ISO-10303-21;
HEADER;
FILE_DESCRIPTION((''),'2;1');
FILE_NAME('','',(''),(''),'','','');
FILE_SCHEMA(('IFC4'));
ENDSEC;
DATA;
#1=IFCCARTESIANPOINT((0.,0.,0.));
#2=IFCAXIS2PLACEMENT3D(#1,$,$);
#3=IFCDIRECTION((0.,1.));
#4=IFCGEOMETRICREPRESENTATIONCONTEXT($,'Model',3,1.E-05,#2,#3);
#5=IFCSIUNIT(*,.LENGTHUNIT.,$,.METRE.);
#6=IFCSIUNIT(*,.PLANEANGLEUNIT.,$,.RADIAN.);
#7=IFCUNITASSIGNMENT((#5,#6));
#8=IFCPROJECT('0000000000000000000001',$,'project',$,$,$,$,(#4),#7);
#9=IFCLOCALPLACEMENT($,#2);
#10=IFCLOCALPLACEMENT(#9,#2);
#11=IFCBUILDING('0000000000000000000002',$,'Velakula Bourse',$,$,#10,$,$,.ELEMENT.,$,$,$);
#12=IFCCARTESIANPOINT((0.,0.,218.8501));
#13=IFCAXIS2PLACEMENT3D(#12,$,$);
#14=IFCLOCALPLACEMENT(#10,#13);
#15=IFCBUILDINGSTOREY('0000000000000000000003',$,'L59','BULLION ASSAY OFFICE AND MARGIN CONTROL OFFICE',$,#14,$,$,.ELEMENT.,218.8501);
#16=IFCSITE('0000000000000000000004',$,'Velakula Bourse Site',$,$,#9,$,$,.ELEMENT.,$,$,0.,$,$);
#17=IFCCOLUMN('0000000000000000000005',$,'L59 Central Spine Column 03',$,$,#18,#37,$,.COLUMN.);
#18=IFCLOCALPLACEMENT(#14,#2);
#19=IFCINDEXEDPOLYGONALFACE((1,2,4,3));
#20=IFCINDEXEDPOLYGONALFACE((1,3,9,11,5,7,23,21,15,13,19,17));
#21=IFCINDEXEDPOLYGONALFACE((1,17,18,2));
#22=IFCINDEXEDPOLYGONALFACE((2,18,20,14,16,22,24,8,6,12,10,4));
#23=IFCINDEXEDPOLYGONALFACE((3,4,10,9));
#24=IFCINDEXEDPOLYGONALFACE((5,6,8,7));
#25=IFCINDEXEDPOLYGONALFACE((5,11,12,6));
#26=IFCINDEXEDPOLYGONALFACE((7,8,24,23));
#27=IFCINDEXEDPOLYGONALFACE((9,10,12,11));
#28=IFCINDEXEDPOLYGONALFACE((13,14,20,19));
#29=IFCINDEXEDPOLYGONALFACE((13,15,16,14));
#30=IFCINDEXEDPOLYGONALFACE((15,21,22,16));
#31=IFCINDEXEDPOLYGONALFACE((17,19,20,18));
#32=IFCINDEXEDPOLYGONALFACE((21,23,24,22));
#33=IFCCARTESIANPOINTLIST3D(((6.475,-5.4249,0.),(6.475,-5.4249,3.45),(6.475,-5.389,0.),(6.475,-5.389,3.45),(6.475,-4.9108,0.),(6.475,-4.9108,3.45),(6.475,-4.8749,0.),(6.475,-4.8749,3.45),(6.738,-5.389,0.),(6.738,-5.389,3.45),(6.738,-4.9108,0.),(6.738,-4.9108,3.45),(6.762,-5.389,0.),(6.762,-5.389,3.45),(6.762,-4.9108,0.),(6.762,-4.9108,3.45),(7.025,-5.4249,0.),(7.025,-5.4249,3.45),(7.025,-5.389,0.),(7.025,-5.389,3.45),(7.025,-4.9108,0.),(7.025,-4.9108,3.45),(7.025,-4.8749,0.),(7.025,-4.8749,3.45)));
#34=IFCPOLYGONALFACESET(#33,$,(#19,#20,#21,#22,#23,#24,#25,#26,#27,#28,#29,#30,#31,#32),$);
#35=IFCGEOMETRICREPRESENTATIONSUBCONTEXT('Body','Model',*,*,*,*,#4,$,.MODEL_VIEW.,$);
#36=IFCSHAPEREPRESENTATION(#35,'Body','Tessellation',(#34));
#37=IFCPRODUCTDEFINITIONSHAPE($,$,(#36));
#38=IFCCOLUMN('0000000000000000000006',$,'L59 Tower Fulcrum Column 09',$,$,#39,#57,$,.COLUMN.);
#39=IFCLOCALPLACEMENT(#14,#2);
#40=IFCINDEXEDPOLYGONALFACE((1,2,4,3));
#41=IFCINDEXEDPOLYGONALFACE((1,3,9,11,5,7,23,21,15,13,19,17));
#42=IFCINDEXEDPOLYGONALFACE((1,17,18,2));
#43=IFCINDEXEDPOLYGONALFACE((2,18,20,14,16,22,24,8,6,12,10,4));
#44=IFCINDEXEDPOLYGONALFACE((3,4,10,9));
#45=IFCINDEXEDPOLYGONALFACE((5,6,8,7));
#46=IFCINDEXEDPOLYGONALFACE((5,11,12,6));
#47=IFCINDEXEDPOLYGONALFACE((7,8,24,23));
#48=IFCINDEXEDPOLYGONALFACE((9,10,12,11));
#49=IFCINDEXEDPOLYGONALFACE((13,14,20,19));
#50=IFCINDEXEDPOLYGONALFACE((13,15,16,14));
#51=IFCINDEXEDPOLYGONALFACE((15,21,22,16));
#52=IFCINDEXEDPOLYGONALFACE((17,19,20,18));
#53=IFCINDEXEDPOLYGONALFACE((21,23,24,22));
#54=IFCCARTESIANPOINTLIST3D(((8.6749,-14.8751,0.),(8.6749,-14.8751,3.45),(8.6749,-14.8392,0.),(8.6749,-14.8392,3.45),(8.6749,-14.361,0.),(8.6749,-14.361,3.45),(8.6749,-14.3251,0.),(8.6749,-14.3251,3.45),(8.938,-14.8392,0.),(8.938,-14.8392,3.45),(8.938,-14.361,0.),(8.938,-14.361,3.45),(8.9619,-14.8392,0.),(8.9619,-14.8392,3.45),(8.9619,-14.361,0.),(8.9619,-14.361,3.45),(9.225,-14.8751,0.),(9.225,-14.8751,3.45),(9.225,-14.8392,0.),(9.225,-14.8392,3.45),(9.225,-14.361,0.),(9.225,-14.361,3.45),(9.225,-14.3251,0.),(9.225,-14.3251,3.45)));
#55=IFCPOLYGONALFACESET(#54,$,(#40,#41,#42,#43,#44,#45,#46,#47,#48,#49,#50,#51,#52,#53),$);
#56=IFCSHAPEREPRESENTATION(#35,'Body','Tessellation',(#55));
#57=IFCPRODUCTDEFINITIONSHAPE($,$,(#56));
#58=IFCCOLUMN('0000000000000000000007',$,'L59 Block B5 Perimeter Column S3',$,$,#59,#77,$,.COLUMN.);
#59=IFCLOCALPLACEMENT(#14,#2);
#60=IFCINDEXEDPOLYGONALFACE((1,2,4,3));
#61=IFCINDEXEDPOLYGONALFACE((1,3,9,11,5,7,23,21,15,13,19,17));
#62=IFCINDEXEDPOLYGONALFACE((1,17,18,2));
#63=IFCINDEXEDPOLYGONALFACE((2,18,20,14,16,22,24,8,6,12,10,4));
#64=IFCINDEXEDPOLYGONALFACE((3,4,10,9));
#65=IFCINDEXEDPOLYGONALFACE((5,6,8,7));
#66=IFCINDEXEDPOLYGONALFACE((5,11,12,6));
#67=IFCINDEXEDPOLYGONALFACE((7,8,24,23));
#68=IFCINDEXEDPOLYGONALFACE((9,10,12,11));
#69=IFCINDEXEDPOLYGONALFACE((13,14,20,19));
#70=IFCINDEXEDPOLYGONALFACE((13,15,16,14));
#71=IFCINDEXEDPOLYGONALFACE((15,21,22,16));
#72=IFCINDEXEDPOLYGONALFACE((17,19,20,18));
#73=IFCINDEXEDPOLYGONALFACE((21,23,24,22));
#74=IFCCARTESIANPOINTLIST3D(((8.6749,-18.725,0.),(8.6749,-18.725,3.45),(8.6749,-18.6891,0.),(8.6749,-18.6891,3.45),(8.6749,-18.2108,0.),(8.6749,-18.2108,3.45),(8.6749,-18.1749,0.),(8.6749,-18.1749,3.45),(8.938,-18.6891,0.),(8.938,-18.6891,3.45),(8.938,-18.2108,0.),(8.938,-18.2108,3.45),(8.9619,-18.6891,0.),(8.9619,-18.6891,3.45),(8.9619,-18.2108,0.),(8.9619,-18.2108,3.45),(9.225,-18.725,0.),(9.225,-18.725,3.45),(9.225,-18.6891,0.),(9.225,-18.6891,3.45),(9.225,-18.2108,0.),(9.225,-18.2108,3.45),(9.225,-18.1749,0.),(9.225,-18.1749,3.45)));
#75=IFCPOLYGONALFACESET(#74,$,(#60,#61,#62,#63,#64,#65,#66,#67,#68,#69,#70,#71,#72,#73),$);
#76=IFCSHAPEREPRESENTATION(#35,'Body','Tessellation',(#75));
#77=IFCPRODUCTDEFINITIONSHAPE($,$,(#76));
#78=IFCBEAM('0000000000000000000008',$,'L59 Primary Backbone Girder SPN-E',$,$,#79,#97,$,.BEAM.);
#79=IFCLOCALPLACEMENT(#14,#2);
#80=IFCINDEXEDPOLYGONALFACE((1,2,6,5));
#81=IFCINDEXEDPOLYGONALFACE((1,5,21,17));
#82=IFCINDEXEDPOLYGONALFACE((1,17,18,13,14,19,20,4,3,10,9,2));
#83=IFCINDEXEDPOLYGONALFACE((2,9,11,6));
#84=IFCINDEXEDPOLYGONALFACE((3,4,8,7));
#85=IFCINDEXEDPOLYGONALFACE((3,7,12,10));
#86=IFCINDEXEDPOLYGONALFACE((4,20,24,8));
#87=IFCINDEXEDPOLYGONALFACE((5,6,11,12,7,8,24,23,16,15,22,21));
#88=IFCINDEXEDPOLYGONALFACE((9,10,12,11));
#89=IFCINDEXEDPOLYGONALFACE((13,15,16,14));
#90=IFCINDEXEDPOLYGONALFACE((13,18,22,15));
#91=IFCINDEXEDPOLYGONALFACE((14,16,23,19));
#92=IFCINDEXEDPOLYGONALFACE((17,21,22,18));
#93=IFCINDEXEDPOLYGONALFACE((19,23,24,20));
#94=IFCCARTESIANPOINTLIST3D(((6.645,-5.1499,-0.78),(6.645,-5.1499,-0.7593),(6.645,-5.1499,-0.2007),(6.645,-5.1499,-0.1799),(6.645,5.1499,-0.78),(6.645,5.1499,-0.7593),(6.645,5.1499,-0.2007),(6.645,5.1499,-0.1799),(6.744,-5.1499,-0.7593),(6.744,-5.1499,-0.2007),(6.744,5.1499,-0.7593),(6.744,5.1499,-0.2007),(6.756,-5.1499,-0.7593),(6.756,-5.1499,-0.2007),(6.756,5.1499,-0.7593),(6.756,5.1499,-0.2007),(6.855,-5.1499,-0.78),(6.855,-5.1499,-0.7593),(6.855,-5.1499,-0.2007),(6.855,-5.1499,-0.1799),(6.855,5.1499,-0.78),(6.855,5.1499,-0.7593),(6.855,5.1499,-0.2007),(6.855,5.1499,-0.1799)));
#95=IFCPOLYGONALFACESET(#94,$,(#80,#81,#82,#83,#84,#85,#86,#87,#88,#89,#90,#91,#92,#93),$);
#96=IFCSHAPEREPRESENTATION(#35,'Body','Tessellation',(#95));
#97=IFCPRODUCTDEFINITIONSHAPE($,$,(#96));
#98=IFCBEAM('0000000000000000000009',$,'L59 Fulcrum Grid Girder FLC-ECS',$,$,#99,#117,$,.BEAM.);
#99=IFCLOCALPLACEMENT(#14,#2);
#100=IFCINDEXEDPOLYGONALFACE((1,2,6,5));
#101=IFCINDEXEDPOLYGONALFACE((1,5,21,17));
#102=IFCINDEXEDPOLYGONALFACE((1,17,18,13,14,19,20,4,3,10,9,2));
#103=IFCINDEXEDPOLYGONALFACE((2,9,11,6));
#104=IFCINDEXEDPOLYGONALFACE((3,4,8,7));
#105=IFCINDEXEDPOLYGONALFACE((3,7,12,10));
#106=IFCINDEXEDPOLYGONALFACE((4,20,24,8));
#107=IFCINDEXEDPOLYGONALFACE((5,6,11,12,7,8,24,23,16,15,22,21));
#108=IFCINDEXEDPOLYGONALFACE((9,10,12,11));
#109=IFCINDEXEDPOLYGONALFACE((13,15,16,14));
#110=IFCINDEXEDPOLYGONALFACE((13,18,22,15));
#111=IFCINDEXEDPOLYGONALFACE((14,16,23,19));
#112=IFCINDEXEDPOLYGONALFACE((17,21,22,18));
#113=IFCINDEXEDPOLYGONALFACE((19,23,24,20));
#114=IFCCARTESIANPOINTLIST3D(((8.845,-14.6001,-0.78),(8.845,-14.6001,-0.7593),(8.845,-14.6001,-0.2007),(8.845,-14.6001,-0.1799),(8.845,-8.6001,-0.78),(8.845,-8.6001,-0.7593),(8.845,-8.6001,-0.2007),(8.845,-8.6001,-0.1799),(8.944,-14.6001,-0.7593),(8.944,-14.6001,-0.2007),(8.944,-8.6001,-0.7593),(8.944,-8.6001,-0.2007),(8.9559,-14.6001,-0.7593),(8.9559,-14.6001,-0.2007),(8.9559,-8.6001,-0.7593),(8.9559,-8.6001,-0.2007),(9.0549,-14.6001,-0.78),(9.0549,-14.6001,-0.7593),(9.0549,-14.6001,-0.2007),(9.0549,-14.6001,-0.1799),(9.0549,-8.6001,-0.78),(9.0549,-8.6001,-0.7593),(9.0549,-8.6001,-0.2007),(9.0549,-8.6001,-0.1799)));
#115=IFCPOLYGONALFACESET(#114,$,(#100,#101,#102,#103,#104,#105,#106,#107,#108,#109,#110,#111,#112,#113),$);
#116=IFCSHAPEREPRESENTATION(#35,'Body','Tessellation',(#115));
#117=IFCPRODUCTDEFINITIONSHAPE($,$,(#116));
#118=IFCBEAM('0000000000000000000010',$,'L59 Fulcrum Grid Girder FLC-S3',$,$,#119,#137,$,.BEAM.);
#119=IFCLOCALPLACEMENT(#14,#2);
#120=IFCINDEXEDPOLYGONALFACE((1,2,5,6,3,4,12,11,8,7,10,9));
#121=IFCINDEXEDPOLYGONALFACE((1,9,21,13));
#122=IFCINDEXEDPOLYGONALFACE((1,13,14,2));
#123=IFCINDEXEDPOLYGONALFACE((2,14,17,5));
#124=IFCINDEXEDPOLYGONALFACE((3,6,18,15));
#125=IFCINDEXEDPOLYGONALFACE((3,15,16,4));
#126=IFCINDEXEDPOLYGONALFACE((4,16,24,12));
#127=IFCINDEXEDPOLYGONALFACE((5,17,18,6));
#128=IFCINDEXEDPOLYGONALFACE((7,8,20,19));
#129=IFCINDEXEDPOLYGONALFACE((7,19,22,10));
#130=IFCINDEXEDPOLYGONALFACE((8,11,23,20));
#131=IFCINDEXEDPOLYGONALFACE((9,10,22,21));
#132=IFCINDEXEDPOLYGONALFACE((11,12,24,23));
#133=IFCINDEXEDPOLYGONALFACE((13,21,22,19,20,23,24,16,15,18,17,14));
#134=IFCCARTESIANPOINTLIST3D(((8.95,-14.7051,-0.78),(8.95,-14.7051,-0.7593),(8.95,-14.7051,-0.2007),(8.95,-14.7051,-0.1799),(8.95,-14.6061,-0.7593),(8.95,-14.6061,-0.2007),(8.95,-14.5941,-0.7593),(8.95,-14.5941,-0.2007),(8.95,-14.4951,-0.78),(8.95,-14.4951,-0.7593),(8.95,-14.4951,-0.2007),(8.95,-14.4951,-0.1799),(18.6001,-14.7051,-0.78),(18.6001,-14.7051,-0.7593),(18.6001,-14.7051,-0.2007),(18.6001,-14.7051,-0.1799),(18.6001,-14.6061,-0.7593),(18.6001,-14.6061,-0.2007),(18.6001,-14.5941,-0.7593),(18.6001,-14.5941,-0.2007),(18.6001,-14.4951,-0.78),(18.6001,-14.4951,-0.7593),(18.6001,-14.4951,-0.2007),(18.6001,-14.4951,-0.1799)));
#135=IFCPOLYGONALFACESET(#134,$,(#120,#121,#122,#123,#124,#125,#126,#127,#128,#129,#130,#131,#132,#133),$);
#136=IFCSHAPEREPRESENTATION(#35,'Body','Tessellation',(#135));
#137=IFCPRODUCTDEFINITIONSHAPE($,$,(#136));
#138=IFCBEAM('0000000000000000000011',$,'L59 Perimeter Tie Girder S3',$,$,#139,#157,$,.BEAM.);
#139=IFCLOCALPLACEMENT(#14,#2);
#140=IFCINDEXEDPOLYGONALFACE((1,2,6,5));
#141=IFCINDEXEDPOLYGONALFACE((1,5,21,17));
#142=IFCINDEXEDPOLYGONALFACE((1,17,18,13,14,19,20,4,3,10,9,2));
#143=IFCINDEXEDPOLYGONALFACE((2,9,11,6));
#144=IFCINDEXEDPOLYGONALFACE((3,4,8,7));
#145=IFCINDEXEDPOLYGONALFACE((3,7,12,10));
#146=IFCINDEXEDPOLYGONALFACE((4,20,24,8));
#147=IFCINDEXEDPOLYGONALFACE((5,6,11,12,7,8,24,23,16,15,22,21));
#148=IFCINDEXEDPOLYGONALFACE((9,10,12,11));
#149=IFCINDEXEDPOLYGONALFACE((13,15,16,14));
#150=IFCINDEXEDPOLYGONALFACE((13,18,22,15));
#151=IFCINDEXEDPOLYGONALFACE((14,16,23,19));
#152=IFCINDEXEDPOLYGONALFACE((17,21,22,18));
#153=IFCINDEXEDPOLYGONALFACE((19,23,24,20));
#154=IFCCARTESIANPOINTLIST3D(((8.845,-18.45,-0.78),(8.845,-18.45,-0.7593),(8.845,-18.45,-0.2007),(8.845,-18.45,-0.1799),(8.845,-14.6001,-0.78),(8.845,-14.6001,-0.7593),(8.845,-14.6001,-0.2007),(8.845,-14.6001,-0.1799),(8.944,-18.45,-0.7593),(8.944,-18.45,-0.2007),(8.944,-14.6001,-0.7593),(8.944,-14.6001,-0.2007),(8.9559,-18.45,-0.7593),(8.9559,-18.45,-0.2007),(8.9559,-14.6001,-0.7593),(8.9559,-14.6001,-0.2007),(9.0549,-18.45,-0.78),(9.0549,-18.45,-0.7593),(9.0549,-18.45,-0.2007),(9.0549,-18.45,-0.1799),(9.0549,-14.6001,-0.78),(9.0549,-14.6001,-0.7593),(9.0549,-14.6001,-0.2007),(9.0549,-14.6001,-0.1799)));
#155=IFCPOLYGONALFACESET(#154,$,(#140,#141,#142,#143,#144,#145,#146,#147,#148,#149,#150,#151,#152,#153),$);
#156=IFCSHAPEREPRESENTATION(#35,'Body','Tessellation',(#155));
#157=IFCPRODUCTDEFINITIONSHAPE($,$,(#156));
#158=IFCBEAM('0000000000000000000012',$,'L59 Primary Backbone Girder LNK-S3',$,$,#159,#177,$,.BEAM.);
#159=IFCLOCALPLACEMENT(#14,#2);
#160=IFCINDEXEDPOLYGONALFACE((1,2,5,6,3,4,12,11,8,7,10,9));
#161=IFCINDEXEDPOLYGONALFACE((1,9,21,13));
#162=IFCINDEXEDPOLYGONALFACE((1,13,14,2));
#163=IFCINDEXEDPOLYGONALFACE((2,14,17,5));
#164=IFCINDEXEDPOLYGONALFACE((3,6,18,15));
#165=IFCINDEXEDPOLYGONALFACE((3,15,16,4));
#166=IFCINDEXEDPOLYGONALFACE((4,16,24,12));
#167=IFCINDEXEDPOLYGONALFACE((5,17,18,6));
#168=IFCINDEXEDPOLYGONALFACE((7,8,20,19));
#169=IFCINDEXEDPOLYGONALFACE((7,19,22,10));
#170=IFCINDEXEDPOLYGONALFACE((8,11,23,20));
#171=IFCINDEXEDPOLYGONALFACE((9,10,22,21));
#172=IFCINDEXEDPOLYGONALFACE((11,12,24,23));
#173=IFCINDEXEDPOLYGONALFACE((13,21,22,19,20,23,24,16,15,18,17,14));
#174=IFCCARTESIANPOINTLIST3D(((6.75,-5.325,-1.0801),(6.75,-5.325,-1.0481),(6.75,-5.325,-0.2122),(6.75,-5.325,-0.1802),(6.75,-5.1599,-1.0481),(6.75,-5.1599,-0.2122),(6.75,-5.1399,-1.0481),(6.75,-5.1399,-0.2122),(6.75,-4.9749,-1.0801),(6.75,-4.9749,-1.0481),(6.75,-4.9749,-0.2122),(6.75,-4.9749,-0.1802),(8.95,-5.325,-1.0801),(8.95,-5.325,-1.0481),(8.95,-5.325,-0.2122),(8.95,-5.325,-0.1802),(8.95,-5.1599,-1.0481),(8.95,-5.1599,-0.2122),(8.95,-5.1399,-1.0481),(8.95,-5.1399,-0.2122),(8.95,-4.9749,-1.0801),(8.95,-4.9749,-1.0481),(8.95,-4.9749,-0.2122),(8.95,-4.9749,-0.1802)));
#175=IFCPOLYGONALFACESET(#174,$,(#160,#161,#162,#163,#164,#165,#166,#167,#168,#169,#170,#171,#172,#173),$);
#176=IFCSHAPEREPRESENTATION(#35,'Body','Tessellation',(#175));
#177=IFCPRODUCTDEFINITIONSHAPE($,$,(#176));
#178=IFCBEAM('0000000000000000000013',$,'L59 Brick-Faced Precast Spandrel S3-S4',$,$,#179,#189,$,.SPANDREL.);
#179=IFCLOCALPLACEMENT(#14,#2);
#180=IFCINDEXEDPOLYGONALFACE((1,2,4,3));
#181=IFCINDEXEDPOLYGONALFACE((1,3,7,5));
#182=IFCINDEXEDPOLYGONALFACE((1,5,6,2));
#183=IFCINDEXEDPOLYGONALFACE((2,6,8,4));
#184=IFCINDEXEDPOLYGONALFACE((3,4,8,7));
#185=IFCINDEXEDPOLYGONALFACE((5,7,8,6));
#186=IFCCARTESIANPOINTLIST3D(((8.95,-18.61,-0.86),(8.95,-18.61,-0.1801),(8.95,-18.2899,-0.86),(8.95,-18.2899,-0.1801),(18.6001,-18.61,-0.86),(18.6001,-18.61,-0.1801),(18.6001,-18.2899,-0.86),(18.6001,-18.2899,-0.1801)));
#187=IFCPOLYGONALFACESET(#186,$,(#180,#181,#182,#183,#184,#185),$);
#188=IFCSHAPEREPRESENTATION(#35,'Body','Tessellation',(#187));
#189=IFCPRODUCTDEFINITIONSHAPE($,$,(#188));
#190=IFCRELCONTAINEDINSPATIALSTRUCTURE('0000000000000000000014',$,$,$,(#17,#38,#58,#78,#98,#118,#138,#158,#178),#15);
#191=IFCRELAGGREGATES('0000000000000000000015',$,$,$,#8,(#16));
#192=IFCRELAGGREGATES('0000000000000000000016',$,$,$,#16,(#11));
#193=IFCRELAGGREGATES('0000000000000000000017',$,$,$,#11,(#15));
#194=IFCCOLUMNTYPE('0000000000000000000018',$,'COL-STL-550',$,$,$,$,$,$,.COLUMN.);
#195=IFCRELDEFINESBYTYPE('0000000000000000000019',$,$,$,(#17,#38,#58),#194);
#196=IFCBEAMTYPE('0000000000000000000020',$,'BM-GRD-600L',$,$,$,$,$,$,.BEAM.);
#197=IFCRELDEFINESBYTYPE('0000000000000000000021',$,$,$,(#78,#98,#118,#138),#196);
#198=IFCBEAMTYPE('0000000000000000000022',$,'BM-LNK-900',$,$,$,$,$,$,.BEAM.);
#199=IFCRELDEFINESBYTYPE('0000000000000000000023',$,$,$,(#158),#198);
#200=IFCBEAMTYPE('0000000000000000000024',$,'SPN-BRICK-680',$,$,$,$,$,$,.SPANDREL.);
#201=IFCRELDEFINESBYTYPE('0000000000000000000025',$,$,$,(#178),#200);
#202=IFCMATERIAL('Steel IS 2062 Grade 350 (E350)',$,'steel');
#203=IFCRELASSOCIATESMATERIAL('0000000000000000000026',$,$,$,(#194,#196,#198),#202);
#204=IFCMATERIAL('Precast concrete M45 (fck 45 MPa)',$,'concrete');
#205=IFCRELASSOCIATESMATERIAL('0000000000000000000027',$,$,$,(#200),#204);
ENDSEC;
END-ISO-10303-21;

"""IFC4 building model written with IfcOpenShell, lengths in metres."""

from ifc_helpers import new_model, si_unit, direction, frame, origin, origin_2d, place, context, subcontext, project, spatial, rectangle, i_section, extrude, material, material_profile, profile_set, type_object, element, save


model = new_model("IFC4")

# Units and contexts
model_context = context("Model", 3, precision=1e-05, world=origin(), true_north=direction((0.0, 1.0)))
body_context = subcontext(model_context, "Body", "Model", "MODEL_VIEW")
ifc_project = project(units=[si_unit("LENGTHUNIT", "METRE"), si_unit("PLANEANGLEUNIT", "RADIAN")], contexts=[model_context])

# Site, building, storey
site_placement = place(None, origin())
site = spatial("IfcSite", under=ifc_project, at=site_placement, Name="Velakula Bourse Site", CompositionType="ELEMENT", RefElevation=0.0)
building_placement = place(site_placement, origin())
building = spatial("IfcBuilding", under=site, at=building_placement, Name="Velakula Bourse", CompositionType="ELEMENT")
storey_placement = place(building_placement, frame((0.0, 0.0, 218.8501)))
storey = spatial("IfcBuildingStorey", under=building, at=storey_placement, Name="L59", Description="BULLION ASSAY OFFICE AND MARGIN CONTROL OFFICE", CompositionType="ELEMENT", Elevation=218.8501)

# Columns
ifc_material_1 = material(Name="Steel IS 2062 Grade 350 (E350)", Category="steel")
ifc_material_profile_1 = material_profile(ifc_material_1, i_section(OverallWidth=0.55, OverallDepth=0.55, WebThickness=0.0239, FlangeThickness=0.0359, at=origin_2d()), Name="Steel IS 2062 Grade 350 (E350)")
ifc_profile_set_1 = profile_set([ifc_material_profile_1], Name="Steel IS 2062 Grade 350 (E350)")
column_type = type_object("IfcColumnType", Name="COL-STL-550", PredefinedType="COLUMN", material=ifc_profile_set_1)
for number, where, z_axis, x_axis, name in (
    (1, (6.75, -5.1499, 0.0), (0.0, 0.0, 1.0), (1.0, 0.0, 0.0), "L59 Central Spine Column 03"),
    (2, (8.95, -14.6001, 0.0), (0.0, 0.0, 1.0), (1.0, 0.0, 0.0), "L59 Tower Fulcrum Column 09"),
    (3, (8.95, -18.45, 0.0), (0.0, 0.0, 1.0), (1.0, 0.0, 0.0), "L59 Block B5 Perimeter Column S3"),
):
    element("IfcColumn", number, at=place(storey_placement, frame(where, z_axis=z_axis, x_axis=x_axis)), inside=storey, type_object=column_type, Name=name, PredefinedType="COLUMN", context=body_context, shape_type="SweptSolid", body=[
        extrude(i_section(OverallWidth=0.55, OverallDepth=0.55, WebThickness=0.0239, FlangeThickness=0.0359, at=origin_2d()), origin(), (0.0, 0.0, 1.0), 3.45),
    ])

# Beams
ifc_material_profile_2 = material_profile(ifc_material_1, i_section(OverallWidth=0.21, OverallDepth=0.6001, WebThickness=0.012, FlangeThickness=0.0208, at=origin_2d()), Name="Steel IS 2062 Grade 350 (E350)")
ifc_profile_set_2 = profile_set([ifc_material_profile_2], Name="Steel IS 2062 Grade 350 (E350)")
beam_type_1 = type_object("IfcBeamType", Name="BM-GRD-600L", PredefinedType="BEAM", material=ifc_profile_set_2)
beam_1_placement = place(storey_placement, frame((6.75, -5.1499, -0.48), z_axis=(0.0, 1.0, 0.0), x_axis=(-1.0, 0.0, 0.0)))
element("IfcBeam", 4, at=beam_1_placement, inside=storey, type_object=beam_type_1, Name="L59 Primary Backbone Girder SPN-E", PredefinedType="BEAM", context=body_context, shape_type="SweptSolid", body=[
    extrude(i_section(OverallWidth=0.21, OverallDepth=0.6001, WebThickness=0.012, FlangeThickness=0.0208, at=origin_2d()), origin(), (0.0, 0.0, 1.0), 10.2998),
])
beam_2_placement = place(storey_placement, frame((8.95, -14.6001, -0.48), z_axis=(0.0, 1.0, 0.0), x_axis=(-1.0, 0.0, 0.0)))
element("IfcBeam", 5, at=beam_2_placement, inside=storey, type_object=beam_type_1, Name="L59 Fulcrum Grid Girder FLC-ECS", PredefinedType="BEAM", context=body_context, shape_type="SweptSolid", body=[
    extrude(i_section(OverallWidth=0.21, OverallDepth=0.6001, WebThickness=0.012, FlangeThickness=0.0208, at=origin_2d()), origin(), (0.0, 0.0, 1.0), 6.0),
])
beam_3_placement = place(storey_placement, frame((8.95, -14.6001, -0.48), z_axis=(1.0, 0.0, 0.0), x_axis=(0.0, 1.0, 0.0)))
element("IfcBeam", 6, at=beam_3_placement, inside=storey, type_object=beam_type_1, Name="L59 Fulcrum Grid Girder FLC-S3", PredefinedType="BEAM", context=body_context, shape_type="SweptSolid", body=[
    extrude(i_section(OverallWidth=0.21, OverallDepth=0.6001, WebThickness=0.012, FlangeThickness=0.0208, at=origin_2d()), origin(), (0.0, 0.0, 1.0), 9.6501),
])
beam_4_placement = place(storey_placement, frame((8.95, -14.6001, -0.48), z_axis=(0.0, -1.0, 0.0), x_axis=(1.0, 0.0, 0.0)))
element("IfcBeam", 7, at=beam_4_placement, inside=storey, type_object=beam_type_1, Name="L59 Perimeter Tie Girder S3", PredefinedType="BEAM", context=body_context, shape_type="SweptSolid", body=[
    extrude(i_section(OverallWidth=0.21, OverallDepth=0.6001, WebThickness=0.012, FlangeThickness=0.0208, at=origin_2d()), origin(), (0.0, 0.0, 1.0), 3.8499),
])
ifc_material_profile_3 = material_profile(ifc_material_1, i_section(OverallWidth=0.3501, OverallDepth=0.8999, WebThickness=0.02, FlangeThickness=0.032, at=origin_2d()), Name="Steel IS 2062 Grade 350 (E350)")
ifc_profile_set_3 = profile_set([ifc_material_profile_3], Name="Steel IS 2062 Grade 350 (E350)")
beam_type_2 = type_object("IfcBeamType", Name="BM-LNK-900", PredefinedType="BEAM", material=ifc_profile_set_3)
beam_5_placement = place(storey_placement, frame((6.75, -5.1499, -0.6301), z_axis=(1.0, 0.0, 0.0), x_axis=(0.0, 1.0, 0.0)))
element("IfcBeam", 8, at=beam_5_placement, inside=storey, type_object=beam_type_2, Name="L59 Primary Backbone Girder LNK-S3", PredefinedType="BEAM", context=body_context, shape_type="SweptSolid", body=[
    extrude(i_section(OverallWidth=0.3501, OverallDepth=0.8999, WebThickness=0.02, FlangeThickness=0.032, at=origin_2d()), origin(), (0.0, 0.0, 1.0), 2.2),
])
ifc_material_2 = material(Name="Precast concrete M45 (fck 45 MPa)", Category="concrete")
ifc_material_profile_4 = material_profile(ifc_material_2, rectangle(XDim=0.3201, YDim=0.6799, at=origin_2d()), Name="Precast concrete M45 (fck 45 MPa)")
ifc_profile_set_4 = profile_set([ifc_material_profile_4], Name="Precast concrete M45 (fck 45 MPa)")
beam_type_3 = type_object("IfcBeamType", Name="SPN-BRICK-680", PredefinedType="SPANDREL", material=ifc_profile_set_4)
beam_6_placement = place(storey_placement, frame((8.95, -18.45, -0.52), z_axis=(1.0, 0.0, 0.0), x_axis=(0.0, 1.0, 0.0)))
element("IfcBeam", 9, at=beam_6_placement, inside=storey, type_object=beam_type_3, Name="L59 Brick-Faced Precast Spandrel S3-S4", PredefinedType="SPANDREL", context=body_context, shape_type="SweptSolid", body=[
    extrude(rectangle(XDim=0.3201, YDim=0.6799, at=origin_2d()), origin(), (0.0, 0.0, 1.0), 9.6501),
])

save(model, "model.ifc")
